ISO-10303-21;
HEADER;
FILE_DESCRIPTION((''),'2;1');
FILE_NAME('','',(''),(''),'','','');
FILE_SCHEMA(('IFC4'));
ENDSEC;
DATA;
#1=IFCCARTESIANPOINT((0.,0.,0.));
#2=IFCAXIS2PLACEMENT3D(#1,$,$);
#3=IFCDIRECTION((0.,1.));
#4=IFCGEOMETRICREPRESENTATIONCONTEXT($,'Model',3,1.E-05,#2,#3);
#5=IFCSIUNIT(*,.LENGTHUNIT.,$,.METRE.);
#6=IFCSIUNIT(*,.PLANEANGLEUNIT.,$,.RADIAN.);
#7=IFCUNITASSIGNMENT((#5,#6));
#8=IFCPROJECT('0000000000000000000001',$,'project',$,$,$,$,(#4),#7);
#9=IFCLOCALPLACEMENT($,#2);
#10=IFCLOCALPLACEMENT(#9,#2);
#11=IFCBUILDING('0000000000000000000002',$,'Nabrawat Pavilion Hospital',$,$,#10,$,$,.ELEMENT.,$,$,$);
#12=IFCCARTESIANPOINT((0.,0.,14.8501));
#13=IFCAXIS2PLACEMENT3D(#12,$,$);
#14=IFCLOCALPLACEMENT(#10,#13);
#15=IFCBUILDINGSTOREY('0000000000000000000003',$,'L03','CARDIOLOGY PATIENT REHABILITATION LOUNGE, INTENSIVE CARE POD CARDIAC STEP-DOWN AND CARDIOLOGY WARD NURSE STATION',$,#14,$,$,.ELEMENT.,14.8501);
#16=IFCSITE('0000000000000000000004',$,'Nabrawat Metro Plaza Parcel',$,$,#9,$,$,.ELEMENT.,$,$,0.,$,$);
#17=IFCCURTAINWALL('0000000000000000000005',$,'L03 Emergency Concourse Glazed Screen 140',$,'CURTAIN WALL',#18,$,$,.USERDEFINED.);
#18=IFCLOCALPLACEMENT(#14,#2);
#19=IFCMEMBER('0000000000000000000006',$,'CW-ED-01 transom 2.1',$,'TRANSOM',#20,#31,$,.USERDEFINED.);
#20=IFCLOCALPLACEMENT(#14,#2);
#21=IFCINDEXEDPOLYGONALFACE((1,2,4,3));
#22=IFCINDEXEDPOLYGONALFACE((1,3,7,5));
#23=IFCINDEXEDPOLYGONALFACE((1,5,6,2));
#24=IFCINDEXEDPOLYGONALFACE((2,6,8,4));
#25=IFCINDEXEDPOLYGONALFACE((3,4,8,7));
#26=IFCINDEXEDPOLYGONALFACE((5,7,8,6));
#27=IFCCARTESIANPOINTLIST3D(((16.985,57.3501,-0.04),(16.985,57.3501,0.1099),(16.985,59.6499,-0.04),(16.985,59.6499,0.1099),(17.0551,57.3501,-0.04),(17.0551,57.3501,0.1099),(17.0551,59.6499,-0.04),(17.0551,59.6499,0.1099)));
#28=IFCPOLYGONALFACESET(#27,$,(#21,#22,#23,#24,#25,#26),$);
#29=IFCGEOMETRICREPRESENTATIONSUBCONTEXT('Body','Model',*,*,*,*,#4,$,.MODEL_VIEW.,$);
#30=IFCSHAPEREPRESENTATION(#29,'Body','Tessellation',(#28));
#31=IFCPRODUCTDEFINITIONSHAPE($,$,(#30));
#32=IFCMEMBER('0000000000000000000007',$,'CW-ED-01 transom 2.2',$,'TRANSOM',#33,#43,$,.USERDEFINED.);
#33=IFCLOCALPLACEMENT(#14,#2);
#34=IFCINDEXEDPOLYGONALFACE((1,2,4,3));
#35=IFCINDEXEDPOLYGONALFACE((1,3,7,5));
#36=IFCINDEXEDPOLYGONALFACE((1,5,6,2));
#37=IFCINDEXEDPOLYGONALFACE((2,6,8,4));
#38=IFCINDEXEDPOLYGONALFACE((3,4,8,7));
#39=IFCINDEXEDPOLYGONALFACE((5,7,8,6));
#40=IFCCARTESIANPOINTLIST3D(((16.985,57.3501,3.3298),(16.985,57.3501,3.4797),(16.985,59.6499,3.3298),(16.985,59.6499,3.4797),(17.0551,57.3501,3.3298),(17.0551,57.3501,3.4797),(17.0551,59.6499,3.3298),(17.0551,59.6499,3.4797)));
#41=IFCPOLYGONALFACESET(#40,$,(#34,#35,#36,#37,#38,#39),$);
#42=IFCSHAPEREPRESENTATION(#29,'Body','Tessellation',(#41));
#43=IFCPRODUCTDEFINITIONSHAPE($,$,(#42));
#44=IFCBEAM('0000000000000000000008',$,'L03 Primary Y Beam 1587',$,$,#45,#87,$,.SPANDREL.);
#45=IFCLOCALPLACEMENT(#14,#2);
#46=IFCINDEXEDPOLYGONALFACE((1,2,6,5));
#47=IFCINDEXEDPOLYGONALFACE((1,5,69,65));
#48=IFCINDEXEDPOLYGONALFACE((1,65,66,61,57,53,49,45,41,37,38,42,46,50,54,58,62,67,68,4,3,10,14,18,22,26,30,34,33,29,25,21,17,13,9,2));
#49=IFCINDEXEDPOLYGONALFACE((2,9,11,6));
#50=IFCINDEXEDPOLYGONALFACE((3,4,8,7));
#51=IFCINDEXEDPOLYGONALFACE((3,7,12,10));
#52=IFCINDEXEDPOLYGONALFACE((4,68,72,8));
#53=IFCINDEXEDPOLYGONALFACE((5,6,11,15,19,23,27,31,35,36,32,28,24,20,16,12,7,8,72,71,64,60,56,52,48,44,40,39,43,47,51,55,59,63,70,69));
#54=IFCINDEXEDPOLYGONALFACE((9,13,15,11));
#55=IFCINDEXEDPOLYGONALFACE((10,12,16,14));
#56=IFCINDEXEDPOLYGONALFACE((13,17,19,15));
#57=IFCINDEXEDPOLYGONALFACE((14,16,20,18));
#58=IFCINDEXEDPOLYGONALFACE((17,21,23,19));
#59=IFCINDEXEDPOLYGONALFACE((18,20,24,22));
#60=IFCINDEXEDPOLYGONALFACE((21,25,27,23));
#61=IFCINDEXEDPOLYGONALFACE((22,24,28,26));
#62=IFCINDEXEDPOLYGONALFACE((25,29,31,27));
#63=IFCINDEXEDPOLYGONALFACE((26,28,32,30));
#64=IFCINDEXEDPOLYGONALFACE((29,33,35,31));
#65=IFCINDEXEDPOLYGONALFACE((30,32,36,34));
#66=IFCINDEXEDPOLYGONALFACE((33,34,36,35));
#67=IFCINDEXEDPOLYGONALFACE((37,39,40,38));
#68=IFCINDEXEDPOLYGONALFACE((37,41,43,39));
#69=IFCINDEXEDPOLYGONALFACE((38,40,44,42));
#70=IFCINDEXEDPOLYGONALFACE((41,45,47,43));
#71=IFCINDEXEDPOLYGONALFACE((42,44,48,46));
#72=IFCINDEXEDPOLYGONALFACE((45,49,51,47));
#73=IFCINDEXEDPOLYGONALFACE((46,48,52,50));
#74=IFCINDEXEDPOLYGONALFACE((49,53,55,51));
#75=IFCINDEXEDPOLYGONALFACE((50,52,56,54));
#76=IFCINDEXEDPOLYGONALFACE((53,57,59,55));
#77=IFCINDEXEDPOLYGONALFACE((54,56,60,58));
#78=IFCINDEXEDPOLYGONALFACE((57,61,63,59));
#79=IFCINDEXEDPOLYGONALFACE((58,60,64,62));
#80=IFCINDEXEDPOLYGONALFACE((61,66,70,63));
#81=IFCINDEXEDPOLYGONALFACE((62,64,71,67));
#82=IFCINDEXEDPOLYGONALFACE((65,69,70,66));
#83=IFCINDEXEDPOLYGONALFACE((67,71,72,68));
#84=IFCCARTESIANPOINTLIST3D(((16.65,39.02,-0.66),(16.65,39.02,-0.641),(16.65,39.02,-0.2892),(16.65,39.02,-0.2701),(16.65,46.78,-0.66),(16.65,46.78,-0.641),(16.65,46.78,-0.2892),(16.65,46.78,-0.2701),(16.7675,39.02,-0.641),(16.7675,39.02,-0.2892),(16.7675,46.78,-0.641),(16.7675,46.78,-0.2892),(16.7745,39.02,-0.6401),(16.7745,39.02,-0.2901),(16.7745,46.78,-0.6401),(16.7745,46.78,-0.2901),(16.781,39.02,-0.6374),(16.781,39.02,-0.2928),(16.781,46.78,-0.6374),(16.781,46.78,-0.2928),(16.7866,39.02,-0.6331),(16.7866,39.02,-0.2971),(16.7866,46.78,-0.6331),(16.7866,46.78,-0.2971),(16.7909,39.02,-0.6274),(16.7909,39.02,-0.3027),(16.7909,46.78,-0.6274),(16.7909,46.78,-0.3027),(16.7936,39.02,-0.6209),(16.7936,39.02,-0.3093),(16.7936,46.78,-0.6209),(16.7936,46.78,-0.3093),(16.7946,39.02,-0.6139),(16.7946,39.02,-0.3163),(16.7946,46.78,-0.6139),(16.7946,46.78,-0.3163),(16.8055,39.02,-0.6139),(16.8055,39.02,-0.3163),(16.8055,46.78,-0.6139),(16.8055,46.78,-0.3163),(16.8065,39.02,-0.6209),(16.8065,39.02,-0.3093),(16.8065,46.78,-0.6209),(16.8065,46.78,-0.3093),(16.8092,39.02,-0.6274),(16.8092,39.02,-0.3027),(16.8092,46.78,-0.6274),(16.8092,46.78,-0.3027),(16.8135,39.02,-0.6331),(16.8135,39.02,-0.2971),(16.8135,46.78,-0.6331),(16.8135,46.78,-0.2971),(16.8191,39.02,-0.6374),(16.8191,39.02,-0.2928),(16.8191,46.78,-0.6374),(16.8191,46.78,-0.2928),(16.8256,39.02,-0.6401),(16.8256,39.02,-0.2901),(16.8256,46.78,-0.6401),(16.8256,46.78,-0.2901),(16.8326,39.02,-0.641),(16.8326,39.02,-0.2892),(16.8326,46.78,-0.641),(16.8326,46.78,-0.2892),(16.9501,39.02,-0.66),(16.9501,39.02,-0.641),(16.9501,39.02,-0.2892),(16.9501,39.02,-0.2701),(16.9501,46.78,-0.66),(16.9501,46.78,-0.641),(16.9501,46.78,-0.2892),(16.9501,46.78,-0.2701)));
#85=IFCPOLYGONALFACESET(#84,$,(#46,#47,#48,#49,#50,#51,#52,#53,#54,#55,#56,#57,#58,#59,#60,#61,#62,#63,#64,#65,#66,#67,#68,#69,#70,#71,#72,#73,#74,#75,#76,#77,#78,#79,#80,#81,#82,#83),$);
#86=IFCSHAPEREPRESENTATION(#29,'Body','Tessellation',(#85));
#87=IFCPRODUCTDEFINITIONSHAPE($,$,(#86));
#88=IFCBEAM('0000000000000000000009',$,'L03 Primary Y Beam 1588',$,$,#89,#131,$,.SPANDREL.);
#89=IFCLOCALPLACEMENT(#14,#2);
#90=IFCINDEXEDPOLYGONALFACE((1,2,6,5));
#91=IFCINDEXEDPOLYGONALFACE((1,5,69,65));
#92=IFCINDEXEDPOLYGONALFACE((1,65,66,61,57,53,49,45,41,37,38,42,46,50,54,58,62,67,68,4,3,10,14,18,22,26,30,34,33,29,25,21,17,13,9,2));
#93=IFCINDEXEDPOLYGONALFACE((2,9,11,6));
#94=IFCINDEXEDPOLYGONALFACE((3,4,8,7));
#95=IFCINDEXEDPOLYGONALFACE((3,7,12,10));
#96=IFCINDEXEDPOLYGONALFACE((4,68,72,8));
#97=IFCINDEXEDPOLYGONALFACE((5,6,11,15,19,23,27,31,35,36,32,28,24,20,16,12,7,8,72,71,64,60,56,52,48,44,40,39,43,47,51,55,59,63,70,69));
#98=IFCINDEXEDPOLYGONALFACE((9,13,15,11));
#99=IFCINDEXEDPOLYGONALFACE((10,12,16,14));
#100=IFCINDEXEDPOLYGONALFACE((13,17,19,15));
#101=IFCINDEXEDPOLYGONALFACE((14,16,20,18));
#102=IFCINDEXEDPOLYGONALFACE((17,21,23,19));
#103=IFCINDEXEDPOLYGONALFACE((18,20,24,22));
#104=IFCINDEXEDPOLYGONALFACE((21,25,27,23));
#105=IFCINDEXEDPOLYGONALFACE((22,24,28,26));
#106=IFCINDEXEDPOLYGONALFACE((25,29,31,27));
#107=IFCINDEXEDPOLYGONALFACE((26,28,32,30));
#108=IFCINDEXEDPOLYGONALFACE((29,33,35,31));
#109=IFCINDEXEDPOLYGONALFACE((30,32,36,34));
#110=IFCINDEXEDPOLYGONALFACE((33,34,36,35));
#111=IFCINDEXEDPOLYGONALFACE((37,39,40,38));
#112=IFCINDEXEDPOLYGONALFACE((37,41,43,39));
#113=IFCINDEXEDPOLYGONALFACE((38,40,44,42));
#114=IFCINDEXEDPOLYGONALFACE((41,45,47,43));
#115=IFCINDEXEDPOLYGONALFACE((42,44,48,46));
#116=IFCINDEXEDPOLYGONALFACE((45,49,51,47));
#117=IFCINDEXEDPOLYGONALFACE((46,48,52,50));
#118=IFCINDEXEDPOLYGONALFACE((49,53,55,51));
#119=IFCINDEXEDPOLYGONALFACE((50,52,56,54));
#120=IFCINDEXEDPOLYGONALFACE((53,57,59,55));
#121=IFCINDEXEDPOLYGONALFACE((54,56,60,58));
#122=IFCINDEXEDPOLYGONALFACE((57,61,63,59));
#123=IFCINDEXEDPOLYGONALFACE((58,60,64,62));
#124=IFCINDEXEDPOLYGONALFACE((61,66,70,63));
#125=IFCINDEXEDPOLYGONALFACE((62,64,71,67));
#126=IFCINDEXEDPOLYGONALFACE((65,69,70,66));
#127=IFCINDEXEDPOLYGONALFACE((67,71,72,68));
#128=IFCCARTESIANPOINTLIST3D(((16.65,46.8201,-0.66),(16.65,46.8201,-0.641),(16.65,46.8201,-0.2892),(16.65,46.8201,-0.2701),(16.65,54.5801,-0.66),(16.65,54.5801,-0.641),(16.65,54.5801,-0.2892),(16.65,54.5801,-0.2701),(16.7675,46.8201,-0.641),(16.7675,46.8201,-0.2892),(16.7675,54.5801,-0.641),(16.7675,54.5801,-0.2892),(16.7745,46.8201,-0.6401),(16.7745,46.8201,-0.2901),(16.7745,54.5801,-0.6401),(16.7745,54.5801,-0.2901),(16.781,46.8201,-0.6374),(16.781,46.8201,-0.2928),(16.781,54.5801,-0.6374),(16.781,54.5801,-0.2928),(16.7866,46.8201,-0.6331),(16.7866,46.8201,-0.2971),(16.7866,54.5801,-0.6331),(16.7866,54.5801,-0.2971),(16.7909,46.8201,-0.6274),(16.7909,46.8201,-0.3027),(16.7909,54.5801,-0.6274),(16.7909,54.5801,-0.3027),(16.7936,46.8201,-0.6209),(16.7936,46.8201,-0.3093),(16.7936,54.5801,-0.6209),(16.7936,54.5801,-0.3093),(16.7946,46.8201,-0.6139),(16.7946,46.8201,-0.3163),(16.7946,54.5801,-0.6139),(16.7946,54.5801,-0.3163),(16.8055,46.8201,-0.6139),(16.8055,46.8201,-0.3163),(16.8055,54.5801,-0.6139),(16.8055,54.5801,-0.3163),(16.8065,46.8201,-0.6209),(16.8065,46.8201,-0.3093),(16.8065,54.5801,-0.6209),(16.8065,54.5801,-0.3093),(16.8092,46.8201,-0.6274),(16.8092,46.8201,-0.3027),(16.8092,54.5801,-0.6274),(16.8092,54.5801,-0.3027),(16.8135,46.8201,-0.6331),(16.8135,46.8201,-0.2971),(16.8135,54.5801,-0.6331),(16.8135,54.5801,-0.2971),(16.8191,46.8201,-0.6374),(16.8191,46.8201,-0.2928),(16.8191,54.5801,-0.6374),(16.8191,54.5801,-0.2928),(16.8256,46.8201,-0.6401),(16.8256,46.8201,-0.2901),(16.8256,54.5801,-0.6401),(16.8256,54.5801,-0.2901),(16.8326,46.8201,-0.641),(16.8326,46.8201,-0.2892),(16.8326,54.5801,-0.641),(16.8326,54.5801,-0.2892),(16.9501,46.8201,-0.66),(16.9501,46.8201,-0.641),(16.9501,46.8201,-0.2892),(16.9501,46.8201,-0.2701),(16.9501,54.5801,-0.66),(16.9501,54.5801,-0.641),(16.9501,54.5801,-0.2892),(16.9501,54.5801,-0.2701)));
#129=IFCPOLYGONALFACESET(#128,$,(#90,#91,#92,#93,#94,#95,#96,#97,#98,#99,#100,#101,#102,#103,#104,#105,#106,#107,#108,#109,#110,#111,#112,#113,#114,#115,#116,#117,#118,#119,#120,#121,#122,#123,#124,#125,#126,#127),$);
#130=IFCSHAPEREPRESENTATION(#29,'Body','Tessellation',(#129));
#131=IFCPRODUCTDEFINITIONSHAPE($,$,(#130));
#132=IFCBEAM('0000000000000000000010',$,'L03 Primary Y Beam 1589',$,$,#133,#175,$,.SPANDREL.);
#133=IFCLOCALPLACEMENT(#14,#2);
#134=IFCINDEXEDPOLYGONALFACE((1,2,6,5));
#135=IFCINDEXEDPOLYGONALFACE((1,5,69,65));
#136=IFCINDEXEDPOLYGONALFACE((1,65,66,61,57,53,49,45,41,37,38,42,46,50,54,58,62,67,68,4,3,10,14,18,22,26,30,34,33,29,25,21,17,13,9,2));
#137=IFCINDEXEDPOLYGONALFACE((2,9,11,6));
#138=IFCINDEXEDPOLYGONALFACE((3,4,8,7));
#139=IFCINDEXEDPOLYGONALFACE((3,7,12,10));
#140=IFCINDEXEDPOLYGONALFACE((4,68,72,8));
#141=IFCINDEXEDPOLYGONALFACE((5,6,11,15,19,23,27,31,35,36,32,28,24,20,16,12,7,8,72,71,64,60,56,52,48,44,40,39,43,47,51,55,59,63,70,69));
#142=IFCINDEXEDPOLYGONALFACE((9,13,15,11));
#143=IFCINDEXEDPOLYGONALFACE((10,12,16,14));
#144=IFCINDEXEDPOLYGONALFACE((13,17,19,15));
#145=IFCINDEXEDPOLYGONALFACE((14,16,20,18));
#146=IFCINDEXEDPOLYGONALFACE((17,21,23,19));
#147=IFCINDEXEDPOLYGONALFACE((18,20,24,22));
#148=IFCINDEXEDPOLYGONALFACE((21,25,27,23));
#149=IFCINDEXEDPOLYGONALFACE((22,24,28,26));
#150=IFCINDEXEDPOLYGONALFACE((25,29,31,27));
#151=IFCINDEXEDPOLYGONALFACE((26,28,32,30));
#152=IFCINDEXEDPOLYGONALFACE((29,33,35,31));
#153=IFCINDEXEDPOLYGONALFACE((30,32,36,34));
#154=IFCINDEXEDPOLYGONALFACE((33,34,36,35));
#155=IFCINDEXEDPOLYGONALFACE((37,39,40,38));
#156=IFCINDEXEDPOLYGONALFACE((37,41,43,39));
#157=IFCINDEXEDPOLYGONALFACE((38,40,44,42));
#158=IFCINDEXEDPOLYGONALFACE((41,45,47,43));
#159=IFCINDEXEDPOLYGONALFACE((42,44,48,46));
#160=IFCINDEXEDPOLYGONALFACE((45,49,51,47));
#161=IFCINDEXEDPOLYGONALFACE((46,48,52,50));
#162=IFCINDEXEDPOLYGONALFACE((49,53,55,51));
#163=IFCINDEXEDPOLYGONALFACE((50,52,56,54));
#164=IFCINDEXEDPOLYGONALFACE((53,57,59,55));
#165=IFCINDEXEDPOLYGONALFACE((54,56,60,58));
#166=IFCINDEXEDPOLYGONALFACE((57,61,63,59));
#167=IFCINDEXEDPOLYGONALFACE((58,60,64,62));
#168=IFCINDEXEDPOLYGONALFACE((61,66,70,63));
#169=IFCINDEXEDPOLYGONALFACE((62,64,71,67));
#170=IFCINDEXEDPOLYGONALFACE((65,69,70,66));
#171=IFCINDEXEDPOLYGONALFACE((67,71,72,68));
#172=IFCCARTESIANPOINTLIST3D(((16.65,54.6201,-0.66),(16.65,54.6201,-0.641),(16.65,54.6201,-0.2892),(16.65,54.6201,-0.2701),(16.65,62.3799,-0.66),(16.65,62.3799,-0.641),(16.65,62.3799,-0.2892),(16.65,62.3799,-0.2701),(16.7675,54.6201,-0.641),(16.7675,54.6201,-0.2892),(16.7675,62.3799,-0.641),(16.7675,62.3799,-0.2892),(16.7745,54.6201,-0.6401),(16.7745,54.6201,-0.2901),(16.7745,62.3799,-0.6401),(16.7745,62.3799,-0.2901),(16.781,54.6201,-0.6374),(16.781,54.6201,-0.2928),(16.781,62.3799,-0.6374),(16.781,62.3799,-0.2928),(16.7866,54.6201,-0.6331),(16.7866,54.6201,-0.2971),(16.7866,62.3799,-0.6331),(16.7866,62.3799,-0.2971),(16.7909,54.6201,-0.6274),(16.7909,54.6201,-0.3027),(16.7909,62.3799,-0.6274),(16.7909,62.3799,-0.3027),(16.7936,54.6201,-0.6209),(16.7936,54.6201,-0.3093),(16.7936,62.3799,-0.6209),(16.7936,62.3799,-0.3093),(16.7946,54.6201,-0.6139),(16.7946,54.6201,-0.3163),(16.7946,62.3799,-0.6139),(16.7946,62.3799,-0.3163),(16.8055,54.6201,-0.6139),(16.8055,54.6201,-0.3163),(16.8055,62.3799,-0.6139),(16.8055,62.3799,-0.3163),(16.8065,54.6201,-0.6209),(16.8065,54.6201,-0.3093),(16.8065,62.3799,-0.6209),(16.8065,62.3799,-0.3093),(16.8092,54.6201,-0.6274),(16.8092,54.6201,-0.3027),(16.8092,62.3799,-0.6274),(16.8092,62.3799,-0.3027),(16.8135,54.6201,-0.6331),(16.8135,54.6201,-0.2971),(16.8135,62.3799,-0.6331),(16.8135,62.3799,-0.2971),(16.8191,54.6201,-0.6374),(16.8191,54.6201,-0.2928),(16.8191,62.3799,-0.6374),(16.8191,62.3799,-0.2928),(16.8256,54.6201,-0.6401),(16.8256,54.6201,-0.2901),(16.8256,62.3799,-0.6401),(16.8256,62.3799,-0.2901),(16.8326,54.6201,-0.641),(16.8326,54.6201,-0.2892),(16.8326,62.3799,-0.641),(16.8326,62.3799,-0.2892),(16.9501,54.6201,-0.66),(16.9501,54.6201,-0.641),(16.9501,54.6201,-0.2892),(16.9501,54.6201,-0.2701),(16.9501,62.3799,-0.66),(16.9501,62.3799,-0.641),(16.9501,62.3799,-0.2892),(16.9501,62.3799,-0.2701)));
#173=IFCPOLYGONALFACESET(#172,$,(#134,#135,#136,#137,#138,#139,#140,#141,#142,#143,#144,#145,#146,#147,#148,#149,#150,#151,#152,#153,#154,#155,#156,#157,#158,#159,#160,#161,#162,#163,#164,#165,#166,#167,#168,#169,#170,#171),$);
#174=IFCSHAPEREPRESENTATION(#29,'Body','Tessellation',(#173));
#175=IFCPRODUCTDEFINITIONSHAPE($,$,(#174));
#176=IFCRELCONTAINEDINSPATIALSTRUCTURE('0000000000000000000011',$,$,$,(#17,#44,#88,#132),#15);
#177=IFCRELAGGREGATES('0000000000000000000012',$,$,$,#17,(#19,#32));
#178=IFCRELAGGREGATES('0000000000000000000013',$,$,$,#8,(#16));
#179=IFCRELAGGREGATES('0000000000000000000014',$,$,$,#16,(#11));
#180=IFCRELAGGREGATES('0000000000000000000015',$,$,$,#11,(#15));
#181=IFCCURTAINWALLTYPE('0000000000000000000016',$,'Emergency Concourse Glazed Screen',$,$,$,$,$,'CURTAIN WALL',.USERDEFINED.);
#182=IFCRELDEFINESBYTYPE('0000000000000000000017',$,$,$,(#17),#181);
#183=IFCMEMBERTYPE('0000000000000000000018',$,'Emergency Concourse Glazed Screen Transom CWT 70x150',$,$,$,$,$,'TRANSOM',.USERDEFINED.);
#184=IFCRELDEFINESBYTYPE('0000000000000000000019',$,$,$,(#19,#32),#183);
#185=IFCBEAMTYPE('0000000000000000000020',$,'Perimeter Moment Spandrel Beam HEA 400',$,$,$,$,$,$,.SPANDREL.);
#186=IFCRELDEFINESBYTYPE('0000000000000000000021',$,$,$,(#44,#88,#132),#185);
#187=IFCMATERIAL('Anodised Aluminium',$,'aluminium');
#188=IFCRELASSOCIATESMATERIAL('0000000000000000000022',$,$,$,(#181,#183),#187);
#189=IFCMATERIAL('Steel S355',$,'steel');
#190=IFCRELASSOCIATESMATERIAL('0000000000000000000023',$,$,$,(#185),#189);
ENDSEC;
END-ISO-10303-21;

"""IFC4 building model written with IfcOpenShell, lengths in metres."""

from ifc_helpers import new_model, si_unit, direction, frame, origin, origin_2d, place, context, subcontext, project, spatial, rectangle, i_section, extrude, material, material_profile, profile_set, type_object, element, aggregate, save


model = new_model("IFC4")

# Units and contexts
model_context = context("Model", 3, precision=1e-05, world=origin(), true_north=direction((0.0, 1.0)))
body_context = subcontext(model_context, "Body", "Model", "MODEL_VIEW")
ifc_project = project(units=[si_unit("LENGTHUNIT", "METRE"), si_unit("PLANEANGLEUNIT", "RADIAN")], contexts=[model_context])

# Site, building, storey
site_placement = place(None, origin())
site = spatial("IfcSite", under=ifc_project, at=site_placement, Name="Nabrawat Metro Plaza Parcel", CompositionType="ELEMENT", RefElevation=0.0)
building_placement = place(site_placement, origin())
building = spatial("IfcBuilding", under=site, at=building_placement, Name="Nabrawat Pavilion Hospital", CompositionType="ELEMENT")
storey_placement = place(building_placement, frame((0.0, 0.0, 14.8501)))
storey = spatial("IfcBuildingStorey", under=building, at=storey_placement, Name="L03", Description="CARDIOLOGY PATIENT REHABILITATION LOUNGE, INTENSIVE CARE POD CARDIAC STEP-DOWN AND CARDIOLOGY WARD NURSE STATION", CompositionType="ELEMENT", Elevation=14.8501)

# Shared definitions
ifc_material_1 = material(Name="Steel S355", Category="steel")

# Curtain wall, members
ifc_material_2 = material(Name="Anodised Aluminium", Category="aluminium")
curtain_wall_type = type_object("IfcCurtainWallType", Name="Emergency Concourse Glazed Screen", ElementType="CURTAIN WALL", PredefinedType="USERDEFINED", material=ifc_material_2)
curtain_wall_placement = place(storey_placement, origin())
curtain_wall = element("IfcCurtainWall", 1, at=curtain_wall_placement, inside=storey, type_object=curtain_wall_type, Name="L03 Emergency Concourse Glazed Screen 140", ObjectType="CURTAIN WALL", PredefinedType="USERDEFINED")
ifc_material_profile_1 = material_profile(ifc_material_2, rectangle(XDim=0.0701, YDim=0.1499, at=origin_2d()), Name="CWT 70x150")
ifc_profile_set_1 = profile_set([ifc_material_profile_1], Name="Anodised Aluminium")
member_type_1 = type_object("IfcMemberType", Name="Emergency Concourse Glazed Screen Transom CWT 70x150", ElementType="TRANSOM", PredefinedType="USERDEFINED", material=ifc_profile_set_1)
member_1_placement = place(storey_placement, frame((17.02, 57.3501, 0.0349), z_axis=(0.0, 1.0, 0.0), x_axis=(-1.0, 0.0, 0.0)))
member_1 = element("IfcMember", 2, at=member_1_placement, type_object=member_type_1, Name="CW-ED-01 transom 2.1", ObjectType="TRANSOM", PredefinedType="USERDEFINED", context=body_context, shape_type="SweptSolid", body=[
    extrude(rectangle(XDim=0.0701, YDim=0.1499, at=origin_2d()), origin(), (0.0, 0.0, 1.0), 2.2998),
])
member_2_placement = place(storey_placement, frame((17.02, 57.3501, 3.4048), z_axis=(0.0, 1.0, 0.0), x_axis=(-1.0, 0.0, 0.0)))
member_2 = element("IfcMember", 3, at=member_2_placement, type_object=member_type_1, Name="CW-ED-01 transom 2.2", ObjectType="TRANSOM", PredefinedType="USERDEFINED", context=body_context, shape_type="SweptSolid", body=[
    extrude(rectangle(XDim=0.0701, YDim=0.1499, at=origin_2d()), origin(), (0.0, 0.0, 1.0), 2.2998),
])

# Beams
ifc_material_profile_2 = material_profile(ifc_material_1, i_section(OverallWidth=0.3, OverallDepth=0.3899, WebThickness=0.011, FlangeThickness=0.019, FilletRadius=0.0271, at=origin_2d()), Name="HEA 400")
ifc_profile_set_2 = profile_set([ifc_material_profile_2], Name="Steel S355")
beam_type_1 = type_object("IfcBeamType", Name="Perimeter Moment Spandrel Beam HEA 400", PredefinedType="SPANDREL", material=ifc_profile_set_2)
for number, where, z_axis, x_axis, name in (
    (4, (16.8, 39.02, -0.4651), (0.0, 1.0, 0.0), (-1.0, 0.0, 0.0), "L03 Primary Y Beam 1587"),
    (5, (16.8, 46.8201, -0.4651), (0.0, 1.0, 0.0), (-1.0, 0.0, 0.0), "L03 Primary Y Beam 1588"),
):
    element("IfcBeam", number, at=place(storey_placement, frame(where, z_axis=z_axis, x_axis=x_axis)), inside=storey, type_object=beam_type_1, Name=name, PredefinedType="SPANDREL", context=body_context, shape_type="SweptSolid", body=[
        extrude(i_section(OverallWidth=0.3, OverallDepth=0.3899, WebThickness=0.011, FlangeThickness=0.019, FilletRadius=0.0271, at=origin_2d()), origin(), (0.0, 0.0, 1.0), 7.76),
    ])
beam_1_placement = place(storey_placement, frame((16.8, 54.6201, -0.4651), z_axis=(0.0, 1.0, 0.0), x_axis=(-1.0, 0.0, 0.0)))
element("IfcBeam", 6, at=beam_1_placement, inside=storey, type_object=beam_type_1, Name="L03 Primary Y Beam 1589", PredefinedType="SPANDREL", context=body_context, shape_type="SweptSolid", body=[
    extrude(i_section(OverallWidth=0.3, OverallDepth=0.3899, WebThickness=0.011, FlangeThickness=0.019, FilletRadius=0.0271, at=origin_2d()), origin(), (0.0, 0.0, 1.0), 7.7598),
])

aggregate(curtain_wall, [member_1, member_2])

save(model, "model.ifc")
